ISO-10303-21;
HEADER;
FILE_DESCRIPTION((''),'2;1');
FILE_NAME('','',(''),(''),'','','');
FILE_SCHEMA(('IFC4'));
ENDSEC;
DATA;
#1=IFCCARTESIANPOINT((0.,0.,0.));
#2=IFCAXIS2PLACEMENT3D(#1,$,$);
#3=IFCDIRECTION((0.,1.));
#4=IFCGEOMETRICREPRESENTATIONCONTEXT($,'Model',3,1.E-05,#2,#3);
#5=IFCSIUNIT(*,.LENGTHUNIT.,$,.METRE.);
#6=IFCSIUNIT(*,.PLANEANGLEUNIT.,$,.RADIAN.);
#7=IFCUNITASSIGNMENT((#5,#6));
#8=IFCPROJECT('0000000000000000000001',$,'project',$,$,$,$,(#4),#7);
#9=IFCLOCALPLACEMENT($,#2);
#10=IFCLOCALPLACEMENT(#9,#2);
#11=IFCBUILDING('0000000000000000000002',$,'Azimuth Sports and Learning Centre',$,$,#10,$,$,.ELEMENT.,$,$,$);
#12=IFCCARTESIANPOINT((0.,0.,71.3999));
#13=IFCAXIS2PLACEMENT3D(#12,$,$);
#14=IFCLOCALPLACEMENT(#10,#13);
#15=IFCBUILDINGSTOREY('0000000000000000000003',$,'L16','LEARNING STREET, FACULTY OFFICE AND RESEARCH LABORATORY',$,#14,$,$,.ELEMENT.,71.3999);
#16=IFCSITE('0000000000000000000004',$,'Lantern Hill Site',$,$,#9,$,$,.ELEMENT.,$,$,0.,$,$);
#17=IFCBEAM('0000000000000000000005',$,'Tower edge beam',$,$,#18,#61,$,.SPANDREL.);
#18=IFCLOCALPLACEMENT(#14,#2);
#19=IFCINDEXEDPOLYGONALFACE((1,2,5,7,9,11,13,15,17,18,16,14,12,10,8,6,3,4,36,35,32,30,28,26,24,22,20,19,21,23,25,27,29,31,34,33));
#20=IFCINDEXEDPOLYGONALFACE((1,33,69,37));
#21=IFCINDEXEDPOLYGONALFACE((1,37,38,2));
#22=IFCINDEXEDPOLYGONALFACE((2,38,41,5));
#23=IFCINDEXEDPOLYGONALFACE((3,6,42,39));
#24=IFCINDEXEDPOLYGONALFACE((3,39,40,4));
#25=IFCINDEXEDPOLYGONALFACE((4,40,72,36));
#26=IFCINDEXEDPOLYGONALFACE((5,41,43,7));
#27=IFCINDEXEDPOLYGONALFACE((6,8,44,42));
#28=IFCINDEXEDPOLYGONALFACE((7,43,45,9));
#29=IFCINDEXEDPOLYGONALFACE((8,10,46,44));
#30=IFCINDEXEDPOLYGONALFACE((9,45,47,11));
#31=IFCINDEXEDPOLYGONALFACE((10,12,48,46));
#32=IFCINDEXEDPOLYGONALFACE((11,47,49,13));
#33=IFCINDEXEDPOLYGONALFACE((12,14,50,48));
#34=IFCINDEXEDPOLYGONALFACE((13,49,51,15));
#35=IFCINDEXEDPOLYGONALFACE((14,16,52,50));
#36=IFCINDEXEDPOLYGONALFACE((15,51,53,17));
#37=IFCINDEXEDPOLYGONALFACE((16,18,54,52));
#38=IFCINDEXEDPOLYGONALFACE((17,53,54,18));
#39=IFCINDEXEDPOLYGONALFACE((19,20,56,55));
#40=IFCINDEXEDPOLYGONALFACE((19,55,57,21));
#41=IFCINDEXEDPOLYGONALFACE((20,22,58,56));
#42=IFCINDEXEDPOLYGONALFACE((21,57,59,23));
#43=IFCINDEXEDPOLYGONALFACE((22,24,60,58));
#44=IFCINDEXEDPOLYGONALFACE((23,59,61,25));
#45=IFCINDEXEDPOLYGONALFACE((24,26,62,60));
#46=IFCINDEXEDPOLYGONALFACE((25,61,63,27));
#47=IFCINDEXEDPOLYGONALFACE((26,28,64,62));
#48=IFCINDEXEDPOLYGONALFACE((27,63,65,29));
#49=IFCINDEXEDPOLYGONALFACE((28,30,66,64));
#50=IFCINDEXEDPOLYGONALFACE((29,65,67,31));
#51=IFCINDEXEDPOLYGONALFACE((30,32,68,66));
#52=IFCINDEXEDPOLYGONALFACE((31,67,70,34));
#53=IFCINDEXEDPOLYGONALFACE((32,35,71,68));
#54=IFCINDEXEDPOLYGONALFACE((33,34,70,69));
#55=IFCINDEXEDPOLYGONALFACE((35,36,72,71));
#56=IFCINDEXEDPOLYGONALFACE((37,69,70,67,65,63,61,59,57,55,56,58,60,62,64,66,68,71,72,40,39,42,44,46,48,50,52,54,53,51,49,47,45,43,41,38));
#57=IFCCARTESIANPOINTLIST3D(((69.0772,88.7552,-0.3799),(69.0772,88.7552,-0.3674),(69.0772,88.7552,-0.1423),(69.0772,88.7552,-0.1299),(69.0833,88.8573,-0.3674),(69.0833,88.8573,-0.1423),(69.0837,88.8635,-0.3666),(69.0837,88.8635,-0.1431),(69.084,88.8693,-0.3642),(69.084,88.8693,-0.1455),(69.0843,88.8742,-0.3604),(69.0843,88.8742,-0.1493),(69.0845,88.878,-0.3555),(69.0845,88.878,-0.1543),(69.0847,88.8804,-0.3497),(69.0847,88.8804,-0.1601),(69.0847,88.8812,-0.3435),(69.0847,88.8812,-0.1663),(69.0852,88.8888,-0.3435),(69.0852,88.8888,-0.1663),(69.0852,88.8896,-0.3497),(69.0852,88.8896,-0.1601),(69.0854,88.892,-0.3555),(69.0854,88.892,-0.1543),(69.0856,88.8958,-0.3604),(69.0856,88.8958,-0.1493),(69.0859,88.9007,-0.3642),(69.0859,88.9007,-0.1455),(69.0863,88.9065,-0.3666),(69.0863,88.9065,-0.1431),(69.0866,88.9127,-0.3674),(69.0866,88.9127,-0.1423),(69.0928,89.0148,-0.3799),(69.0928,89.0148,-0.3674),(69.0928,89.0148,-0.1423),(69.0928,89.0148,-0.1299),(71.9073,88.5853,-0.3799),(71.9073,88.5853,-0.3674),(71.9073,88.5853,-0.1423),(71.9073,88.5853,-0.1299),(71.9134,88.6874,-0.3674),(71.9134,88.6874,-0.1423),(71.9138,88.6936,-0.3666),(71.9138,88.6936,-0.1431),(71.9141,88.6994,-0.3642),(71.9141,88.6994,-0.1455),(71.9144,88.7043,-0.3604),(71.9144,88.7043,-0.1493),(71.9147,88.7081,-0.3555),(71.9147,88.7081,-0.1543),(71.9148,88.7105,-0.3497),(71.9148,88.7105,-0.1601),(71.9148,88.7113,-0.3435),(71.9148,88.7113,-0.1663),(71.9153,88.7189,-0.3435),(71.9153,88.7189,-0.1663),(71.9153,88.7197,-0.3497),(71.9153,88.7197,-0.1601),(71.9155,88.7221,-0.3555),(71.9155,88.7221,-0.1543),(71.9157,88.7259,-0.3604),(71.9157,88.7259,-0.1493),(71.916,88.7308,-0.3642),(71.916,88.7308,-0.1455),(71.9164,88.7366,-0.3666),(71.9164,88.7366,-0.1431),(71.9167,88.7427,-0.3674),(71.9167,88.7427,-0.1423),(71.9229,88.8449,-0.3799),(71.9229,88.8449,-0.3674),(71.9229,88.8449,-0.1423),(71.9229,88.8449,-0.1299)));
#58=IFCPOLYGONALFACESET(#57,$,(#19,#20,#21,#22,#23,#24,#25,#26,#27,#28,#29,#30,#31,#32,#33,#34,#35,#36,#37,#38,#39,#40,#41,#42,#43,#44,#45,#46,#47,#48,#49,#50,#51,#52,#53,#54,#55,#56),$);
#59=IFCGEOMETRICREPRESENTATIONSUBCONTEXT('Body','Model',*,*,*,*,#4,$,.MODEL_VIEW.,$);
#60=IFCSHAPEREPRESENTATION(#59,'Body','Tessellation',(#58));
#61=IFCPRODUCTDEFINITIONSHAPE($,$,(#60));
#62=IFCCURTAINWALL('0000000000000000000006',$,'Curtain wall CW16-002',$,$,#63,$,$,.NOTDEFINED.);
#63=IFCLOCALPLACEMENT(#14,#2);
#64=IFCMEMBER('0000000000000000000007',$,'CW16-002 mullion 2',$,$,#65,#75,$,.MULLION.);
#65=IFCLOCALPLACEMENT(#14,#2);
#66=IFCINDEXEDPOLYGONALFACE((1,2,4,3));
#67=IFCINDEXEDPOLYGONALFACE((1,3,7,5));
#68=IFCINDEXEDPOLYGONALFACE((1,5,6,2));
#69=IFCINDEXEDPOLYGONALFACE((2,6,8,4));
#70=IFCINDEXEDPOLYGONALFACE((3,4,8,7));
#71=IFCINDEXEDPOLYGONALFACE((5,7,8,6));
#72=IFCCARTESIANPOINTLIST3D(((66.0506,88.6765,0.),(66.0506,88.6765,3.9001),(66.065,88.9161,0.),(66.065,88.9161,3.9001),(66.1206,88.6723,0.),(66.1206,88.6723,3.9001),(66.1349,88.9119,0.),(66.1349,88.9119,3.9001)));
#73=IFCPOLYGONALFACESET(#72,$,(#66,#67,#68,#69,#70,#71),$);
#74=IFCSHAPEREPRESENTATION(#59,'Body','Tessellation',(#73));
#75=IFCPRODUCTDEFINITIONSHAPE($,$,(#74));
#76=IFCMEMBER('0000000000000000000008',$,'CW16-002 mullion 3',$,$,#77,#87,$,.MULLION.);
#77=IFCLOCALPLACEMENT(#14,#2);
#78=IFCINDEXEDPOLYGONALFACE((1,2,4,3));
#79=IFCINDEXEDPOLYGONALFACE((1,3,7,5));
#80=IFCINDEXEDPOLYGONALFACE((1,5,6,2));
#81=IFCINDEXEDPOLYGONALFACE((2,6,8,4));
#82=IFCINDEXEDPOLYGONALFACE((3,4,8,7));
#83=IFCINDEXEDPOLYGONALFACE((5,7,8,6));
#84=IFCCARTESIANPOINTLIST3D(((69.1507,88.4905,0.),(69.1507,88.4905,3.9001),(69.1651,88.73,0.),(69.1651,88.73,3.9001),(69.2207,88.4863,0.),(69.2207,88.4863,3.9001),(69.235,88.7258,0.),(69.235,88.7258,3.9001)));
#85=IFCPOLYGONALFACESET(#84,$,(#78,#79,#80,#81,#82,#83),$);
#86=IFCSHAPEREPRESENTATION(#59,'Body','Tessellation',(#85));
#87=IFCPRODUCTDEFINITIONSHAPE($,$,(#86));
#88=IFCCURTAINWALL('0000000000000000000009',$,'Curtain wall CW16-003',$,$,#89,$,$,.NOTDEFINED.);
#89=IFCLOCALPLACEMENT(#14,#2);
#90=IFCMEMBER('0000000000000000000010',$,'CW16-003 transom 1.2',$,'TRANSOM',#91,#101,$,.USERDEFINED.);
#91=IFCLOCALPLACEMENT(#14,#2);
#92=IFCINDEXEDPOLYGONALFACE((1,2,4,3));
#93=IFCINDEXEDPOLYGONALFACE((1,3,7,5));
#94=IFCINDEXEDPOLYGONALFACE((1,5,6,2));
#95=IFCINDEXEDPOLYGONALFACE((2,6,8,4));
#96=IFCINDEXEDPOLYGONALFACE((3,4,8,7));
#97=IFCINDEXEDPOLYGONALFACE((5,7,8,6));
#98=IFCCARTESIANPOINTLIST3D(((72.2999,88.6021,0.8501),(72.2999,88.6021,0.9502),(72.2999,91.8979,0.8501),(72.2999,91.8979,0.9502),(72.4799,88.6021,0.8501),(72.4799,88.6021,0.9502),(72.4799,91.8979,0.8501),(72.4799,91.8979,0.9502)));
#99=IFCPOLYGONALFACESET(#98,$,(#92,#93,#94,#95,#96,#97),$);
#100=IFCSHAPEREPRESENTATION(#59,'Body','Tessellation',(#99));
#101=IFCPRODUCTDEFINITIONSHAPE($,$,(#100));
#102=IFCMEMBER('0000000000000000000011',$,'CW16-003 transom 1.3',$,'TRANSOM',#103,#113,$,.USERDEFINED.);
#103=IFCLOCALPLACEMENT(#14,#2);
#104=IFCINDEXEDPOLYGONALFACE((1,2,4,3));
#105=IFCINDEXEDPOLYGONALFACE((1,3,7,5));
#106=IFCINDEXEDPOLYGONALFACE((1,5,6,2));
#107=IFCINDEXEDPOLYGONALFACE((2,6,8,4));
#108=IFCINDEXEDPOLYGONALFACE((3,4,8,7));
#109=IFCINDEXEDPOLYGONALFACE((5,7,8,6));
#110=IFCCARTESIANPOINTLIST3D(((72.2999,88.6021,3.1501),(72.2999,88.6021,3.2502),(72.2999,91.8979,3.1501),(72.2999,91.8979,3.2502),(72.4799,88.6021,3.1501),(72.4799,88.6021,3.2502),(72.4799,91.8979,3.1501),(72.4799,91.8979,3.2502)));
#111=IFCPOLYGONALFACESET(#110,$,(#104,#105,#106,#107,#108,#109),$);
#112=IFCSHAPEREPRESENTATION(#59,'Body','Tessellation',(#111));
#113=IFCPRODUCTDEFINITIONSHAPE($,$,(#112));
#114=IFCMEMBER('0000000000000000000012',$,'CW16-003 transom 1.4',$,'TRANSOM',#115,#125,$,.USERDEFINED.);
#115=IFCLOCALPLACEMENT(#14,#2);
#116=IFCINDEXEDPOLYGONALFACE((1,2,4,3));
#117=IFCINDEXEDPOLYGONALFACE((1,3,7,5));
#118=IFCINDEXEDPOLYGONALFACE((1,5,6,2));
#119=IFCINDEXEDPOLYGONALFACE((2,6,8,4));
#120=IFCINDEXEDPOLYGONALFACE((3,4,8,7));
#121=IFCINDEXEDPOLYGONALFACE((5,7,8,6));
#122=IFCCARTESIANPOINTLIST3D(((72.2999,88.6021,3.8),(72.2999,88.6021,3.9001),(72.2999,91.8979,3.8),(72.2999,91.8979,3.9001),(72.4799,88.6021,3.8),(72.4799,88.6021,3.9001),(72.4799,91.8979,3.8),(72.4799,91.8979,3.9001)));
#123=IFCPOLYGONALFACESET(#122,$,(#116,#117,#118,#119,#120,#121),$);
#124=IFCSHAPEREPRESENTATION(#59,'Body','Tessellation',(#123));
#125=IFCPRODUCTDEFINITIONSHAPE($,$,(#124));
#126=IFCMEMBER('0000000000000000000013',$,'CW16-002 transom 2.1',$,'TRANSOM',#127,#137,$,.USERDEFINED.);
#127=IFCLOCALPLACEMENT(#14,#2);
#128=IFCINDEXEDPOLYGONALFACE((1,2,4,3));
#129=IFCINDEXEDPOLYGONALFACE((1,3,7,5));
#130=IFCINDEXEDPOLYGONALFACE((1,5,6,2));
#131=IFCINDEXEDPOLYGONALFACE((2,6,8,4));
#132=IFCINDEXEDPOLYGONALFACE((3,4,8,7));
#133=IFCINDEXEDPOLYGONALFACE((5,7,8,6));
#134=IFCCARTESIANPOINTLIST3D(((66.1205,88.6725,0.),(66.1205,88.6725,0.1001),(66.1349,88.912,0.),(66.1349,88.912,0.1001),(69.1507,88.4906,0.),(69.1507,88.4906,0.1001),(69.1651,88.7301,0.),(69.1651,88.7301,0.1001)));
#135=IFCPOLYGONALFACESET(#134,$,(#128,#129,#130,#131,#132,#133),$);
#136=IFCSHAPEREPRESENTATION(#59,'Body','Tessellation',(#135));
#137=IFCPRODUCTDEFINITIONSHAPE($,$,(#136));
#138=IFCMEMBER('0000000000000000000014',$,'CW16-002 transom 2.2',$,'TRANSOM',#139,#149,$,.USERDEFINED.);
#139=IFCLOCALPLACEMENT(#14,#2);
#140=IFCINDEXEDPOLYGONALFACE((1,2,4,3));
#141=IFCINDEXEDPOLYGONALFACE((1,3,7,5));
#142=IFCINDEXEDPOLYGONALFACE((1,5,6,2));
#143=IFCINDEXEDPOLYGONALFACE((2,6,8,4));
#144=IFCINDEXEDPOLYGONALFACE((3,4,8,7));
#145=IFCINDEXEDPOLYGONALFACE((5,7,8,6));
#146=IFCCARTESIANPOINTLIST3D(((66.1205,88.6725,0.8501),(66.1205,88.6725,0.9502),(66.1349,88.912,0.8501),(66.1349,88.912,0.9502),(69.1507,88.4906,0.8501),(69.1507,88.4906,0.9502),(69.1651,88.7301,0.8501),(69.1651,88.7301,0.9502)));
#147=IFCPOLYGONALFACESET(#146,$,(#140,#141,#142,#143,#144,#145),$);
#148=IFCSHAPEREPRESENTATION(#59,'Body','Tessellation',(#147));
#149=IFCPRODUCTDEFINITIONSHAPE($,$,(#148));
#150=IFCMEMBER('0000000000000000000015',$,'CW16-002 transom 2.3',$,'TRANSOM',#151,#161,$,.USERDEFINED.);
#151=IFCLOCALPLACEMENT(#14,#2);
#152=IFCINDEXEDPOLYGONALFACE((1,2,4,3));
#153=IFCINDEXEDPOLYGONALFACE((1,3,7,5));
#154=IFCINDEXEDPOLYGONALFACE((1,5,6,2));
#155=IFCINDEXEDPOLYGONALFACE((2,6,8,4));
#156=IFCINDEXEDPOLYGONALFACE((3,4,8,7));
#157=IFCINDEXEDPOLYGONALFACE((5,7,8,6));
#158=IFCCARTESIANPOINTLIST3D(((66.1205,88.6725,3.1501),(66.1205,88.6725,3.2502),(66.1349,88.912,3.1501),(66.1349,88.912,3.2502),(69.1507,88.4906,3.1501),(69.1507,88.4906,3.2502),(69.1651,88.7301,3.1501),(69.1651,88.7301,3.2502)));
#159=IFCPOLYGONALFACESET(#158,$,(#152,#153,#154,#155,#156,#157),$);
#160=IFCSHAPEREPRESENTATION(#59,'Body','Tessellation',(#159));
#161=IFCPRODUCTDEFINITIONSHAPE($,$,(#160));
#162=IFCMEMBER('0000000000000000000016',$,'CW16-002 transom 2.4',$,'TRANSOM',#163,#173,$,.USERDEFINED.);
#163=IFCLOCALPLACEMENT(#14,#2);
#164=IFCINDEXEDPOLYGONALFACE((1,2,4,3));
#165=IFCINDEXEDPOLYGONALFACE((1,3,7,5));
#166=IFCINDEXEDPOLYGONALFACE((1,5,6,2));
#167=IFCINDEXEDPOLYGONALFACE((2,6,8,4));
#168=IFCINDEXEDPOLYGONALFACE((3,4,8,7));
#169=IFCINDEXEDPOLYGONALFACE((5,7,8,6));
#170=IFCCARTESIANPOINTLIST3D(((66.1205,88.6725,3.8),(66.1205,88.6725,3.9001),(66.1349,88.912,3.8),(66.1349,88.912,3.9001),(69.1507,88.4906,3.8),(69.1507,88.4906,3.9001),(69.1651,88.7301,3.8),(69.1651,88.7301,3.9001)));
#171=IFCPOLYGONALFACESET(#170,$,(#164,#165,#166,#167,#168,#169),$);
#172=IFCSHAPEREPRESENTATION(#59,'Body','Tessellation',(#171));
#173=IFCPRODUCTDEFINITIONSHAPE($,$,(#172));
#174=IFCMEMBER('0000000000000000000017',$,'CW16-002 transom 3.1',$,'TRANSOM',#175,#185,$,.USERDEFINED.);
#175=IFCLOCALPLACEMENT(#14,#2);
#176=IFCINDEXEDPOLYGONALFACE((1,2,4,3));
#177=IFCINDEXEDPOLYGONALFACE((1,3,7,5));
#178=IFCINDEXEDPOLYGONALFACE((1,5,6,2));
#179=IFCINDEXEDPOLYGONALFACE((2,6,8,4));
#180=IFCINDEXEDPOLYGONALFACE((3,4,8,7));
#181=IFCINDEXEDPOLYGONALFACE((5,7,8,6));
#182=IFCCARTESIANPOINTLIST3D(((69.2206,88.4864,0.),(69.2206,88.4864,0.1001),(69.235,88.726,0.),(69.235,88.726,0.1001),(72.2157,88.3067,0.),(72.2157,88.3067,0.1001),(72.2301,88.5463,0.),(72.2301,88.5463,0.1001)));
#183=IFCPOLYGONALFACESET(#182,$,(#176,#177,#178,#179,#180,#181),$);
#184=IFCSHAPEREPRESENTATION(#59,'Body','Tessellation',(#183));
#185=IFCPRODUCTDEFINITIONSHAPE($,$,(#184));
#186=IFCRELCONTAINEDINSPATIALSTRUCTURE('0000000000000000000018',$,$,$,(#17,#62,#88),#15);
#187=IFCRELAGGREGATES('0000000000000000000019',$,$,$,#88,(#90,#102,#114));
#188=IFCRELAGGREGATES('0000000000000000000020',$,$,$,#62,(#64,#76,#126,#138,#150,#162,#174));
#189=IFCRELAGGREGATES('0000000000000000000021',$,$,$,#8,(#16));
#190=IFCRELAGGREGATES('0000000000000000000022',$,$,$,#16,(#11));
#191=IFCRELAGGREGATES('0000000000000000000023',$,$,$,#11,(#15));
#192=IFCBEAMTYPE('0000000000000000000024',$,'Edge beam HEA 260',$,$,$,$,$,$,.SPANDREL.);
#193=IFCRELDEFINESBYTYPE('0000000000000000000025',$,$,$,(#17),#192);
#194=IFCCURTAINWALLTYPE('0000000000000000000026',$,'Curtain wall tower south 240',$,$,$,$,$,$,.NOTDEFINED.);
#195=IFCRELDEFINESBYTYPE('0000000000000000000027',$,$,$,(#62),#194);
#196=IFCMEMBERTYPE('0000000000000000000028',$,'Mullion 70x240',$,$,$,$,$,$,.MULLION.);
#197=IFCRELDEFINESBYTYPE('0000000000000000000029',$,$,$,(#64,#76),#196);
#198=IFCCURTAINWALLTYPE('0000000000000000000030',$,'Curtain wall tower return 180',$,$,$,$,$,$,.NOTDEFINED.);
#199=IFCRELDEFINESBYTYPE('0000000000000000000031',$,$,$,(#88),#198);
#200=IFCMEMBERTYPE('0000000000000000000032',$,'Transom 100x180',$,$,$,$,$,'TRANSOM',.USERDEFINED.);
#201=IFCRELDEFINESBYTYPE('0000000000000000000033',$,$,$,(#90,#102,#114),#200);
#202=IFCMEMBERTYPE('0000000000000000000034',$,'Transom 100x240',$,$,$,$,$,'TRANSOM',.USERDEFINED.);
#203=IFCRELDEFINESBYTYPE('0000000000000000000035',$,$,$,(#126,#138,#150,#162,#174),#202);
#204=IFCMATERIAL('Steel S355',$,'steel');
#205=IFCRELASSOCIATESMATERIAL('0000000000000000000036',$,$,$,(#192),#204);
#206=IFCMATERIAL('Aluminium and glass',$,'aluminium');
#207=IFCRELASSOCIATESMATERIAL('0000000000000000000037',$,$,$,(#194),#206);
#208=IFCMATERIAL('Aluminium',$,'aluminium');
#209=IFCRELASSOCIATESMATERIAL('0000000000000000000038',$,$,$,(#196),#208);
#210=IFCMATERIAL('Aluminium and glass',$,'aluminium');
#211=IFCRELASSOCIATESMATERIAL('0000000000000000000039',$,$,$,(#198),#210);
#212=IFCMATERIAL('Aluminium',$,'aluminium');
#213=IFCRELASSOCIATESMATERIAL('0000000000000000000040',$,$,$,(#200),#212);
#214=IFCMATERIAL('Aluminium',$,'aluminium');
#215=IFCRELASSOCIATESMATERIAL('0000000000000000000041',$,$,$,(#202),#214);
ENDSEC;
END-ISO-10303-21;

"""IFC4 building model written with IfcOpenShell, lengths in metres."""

from ifc_helpers import new_model, si_unit, direction, frame, origin, origin_2d, place, context, subcontext, project, spatial, rectangle, i_section, extrude, material, material_profile, profile_set, type_object, element, aggregate, save


model = new_model("IFC4")

# Units and contexts
model_context = context("Model", 3, precision=1e-05, world=origin(), true_north=direction((0.0, 1.0)))
body_context = subcontext(model_context, "Body", "Model", "MODEL_VIEW")
ifc_project = project(units=[si_unit("LENGTHUNIT", "METRE"), si_unit("PLANEANGLEUNIT", "RADIAN")], contexts=[model_context])

# Site, building, storey
site_placement = place(None, origin())
site = spatial("IfcSite", under=ifc_project, at=site_placement, Name="Lantern Hill Site", CompositionType="ELEMENT", RefElevation=0.0)
building_placement = place(site_placement, origin())
building = spatial("IfcBuilding", under=site, at=building_placement, Name="Azimuth Sports and Learning Centre", CompositionType="ELEMENT")
storey_placement = place(building_placement, frame((0.0, 0.0, 71.3999)))
storey = spatial("IfcBuildingStorey", under=building, at=storey_placement, Name="L16", Description="LEARNING STREET, FACULTY OFFICE AND RESEARCH LABORATORY", CompositionType="ELEMENT", Elevation=71.3999)

# Beam
ifc_material_1 = material(Name="Steel S355", Category="steel")
ifc_material_profile_1 = material_profile(ifc_material_1, i_section(OverallWidth=0.26, OverallDepth=0.25, WebThickness=0.0076, FlangeThickness=0.0125, FilletRadius=0.0239, at=origin_2d()), Name="HEA 260")
ifc_profile_set_1 = profile_set([ifc_material_profile_1], Name="Steel S355")
beam_type = type_object("IfcBeamType", Name="Edge beam HEA 260", PredefinedType="SPANDREL", material=ifc_profile_set_1)
beam_placement = place(storey_placement, frame((69.085, 88.885, -0.2549), z_axis=(0.998202, -0.059933, 0.0), x_axis=(0.059933, 0.998202, 0.0)))
element("IfcBeam", 1, at=beam_placement, inside=storey, type_object=beam_type, Name="Tower edge beam", PredefinedType="SPANDREL", context=body_context, shape_type="SweptSolid", body=[
    extrude(i_section(OverallWidth=0.26, OverallDepth=0.25, WebThickness=0.0076, FlangeThickness=0.0125, FilletRadius=0.0239, at=origin_2d()), origin(), (0.0, 0.0, 1.0), 2.8352),
])

# Curtain walls, members
ifc_material_2 = material(Name="Aluminium and glass", Category="aluminium")
curtain_wall_type_1 = type_object("IfcCurtainWallType", Name="Curtain wall tower south 240", PredefinedType="NOTDEFINED", material=ifc_material_2)
curtain_wall_1_placement = place(storey_placement, origin())
curtain_wall_1 = element("IfcCurtainWall", 2, at=curtain_wall_1_placement, inside=storey, type_object=curtain_wall_type_1, Name="Curtain wall CW16-002", PredefinedType="NOTDEFINED")
ifc_material_3 = material(Name="Aluminium", Category="aluminium")
ifc_material_profile_2 = material_profile(ifc_material_3, rectangle(XDim=0.24, YDim=0.0701, at=origin_2d()), Name="Mullion 70x240")
ifc_profile_set_2 = profile_set([ifc_material_profile_2], Name="Aluminium")
member_type_1 = type_object("IfcMemberType", Name="Mullion 70x240", PredefinedType="MULLION", material=ifc_profile_set_2)
member_1_placement = place(storey_placement, frame((66.0928, 88.7942, 0.0), z_axis=(0.0, 0.0, 1.0), x_axis=(0.059892, 0.998205, 0.0)))
member_1 = element("IfcMember", 3, at=member_1_placement, type_object=member_type_1, Name="CW16-002 mullion 2", PredefinedType="MULLION", context=body_context, shape_type="SweptSolid", body=[
    extrude(rectangle(XDim=0.24, YDim=0.0701, at=origin_2d()), origin(), (0.0, 0.0, 1.0), 3.9001),
])
member_2_placement = place(storey_placement, frame((69.1929, 88.6082, 0.0), z_axis=(0.0, 0.0, 1.0), x_axis=(0.059892, 0.998205, 0.0)))
member_2 = element("IfcMember", 4, at=member_2_placement, type_object=member_type_1, Name="CW16-002 mullion 3", PredefinedType="MULLION", context=body_context, shape_type="SweptSolid", body=[
    extrude(rectangle(XDim=0.24, YDim=0.0701, at=origin_2d()), origin(), (0.0, 0.0, 1.0), 3.9001),
])
ifc_material_4 = material(Name="Aluminium and glass", Category="aluminium")
curtain_wall_type_2 = type_object("IfcCurtainWallType", Name="Curtain wall tower return 180", PredefinedType="NOTDEFINED", material=ifc_material_4)
curtain_wall_2_placement = place(storey_placement, origin())
curtain_wall_2 = element("IfcCurtainWall", 5, at=curtain_wall_2_placement, inside=storey, type_object=curtain_wall_type_2, Name="Curtain wall CW16-003", PredefinedType="NOTDEFINED")
ifc_material_5 = material(Name="Aluminium", Category="aluminium")
ifc_material_profile_3 = material_profile(ifc_material_5, rectangle(XDim=0.1799, YDim=0.1001, at=origin_2d()), Name="Transom 100x180")
ifc_profile_set_3 = profile_set([ifc_material_profile_3], Name="Aluminium")
member_type_2 = type_object("IfcMemberType", Name="Transom 100x180", ElementType="TRANSOM", PredefinedType="USERDEFINED", material=ifc_profile_set_3)
member_3_placement = place(storey_placement, frame((72.3899, 88.6021, 0.9001), z_axis=(0.0, 1.0, 0.0), x_axis=(-1.0, 0.0, 0.0)))
member_3 = element("IfcMember", 6, at=member_3_placement, type_object=member_type_2, Name="CW16-003 transom 1.2", ObjectType="TRANSOM", PredefinedType="USERDEFINED", context=body_context, shape_type="SweptSolid", body=[
    extrude(rectangle(XDim=0.1799, YDim=0.1001, at=origin_2d()), origin(), (0.0, 0.0, 1.0), 3.2959),
])
member_4_placement = place(storey_placement, frame((72.3899, 88.6021, 3.2002), z_axis=(0.0, 1.0, 0.0), x_axis=(-1.0, 0.0, 0.0)))
member_4 = element("IfcMember", 7, at=member_4_placement, type_object=member_type_2, Name="CW16-003 transom 1.3", ObjectType="TRANSOM", PredefinedType="USERDEFINED", context=body_context, shape_type="SweptSolid", body=[
    extrude(rectangle(XDim=0.1799, YDim=0.1001, at=origin_2d()), origin(), (0.0, 0.0, 1.0), 3.2959),
])
member_5_placement = place(storey_placement, frame((72.3899, 88.6021, 3.8501), z_axis=(0.0, 1.0, 0.0), x_axis=(-1.0, 0.0, 0.0)))
member_5 = element("IfcMember", 8, at=member_5_placement, type_object=member_type_2, Name="CW16-003 transom 1.4", ObjectType="TRANSOM", PredefinedType="USERDEFINED", context=body_context, shape_type="SweptSolid", body=[
    extrude(rectangle(XDim=0.1799, YDim=0.1001, at=origin_2d()), origin(), (0.0, 0.0, 1.0), 3.2959),
])
aggregate(curtain_wall_2, [member_3, member_4, member_5])

# Members
ifc_material_6 = material(Name="Aluminium", Category="aluminium")
ifc_material_profile_4 = material_profile(ifc_material_6, rectangle(XDim=0.24, YDim=0.1001, at=origin_2d()), Name="Transom 100x240")
ifc_profile_set_4 = profile_set([ifc_material_profile_4], Name="Aluminium")
member_type_3 = type_object("IfcMemberType", Name="Transom 100x240", ElementType="TRANSOM", PredefinedType="USERDEFINED", material=ifc_profile_set_4)
member_6_placement = place(storey_placement, frame((66.1277, 88.7922, 0.05), z_axis=(0.998203, -0.059915, 0.0), x_axis=(0.059915, 0.998203, 0.0)))
member_6 = element("IfcMember", 9, at=member_6_placement, type_object=member_type_3, Name="CW16-002 transom 2.1", ObjectType="TRANSOM", PredefinedType="USERDEFINED", context=body_context, shape_type="SweptSolid", body=[
    extrude(rectangle(XDim=0.24, YDim=0.1001, at=origin_2d()), origin(), (0.0, 0.0, 1.0), 3.0356),
])
member_7_placement = place(storey_placement, frame((66.1277, 88.7922, 0.9001), z_axis=(0.998203, -0.059915, 0.0), x_axis=(0.059915, 0.998203, 0.0)))
member_7 = element("IfcMember", 10, at=member_7_placement, type_object=member_type_3, Name="CW16-002 transom 2.2", ObjectType="TRANSOM", PredefinedType="USERDEFINED", context=body_context, shape_type="SweptSolid", body=[
    extrude(rectangle(XDim=0.24, YDim=0.1001, at=origin_2d()), origin(), (0.0, 0.0, 1.0), 3.0356),
])
member_8_placement = place(storey_placement, frame((66.1277, 88.7922, 3.2002), z_axis=(0.998203, -0.059915, 0.0), x_axis=(0.059915, 0.998203, 0.0)))
member_8 = element("IfcMember", 11, at=member_8_placement, type_object=member_type_3, Name="CW16-002 transom 2.3", ObjectType="TRANSOM", PredefinedType="USERDEFINED", context=body_context, shape_type="SweptSolid", body=[
    extrude(rectangle(XDim=0.24, YDim=0.1001, at=origin_2d()), origin(), (0.0, 0.0, 1.0), 3.0356),
])
member_9_placement = place(storey_placement, frame((66.1277, 88.7922, 3.8501), z_axis=(0.998203, -0.059915, 0.0), x_axis=(0.059915, 0.998203, 0.0)))
member_9 = element("IfcMember", 12, at=member_9_placement, type_object=member_type_3, Name="CW16-002 transom 2.4", ObjectType="TRANSOM", PredefinedType="USERDEFINED", context=body_context, shape_type="SweptSolid", body=[
    extrude(rectangle(XDim=0.24, YDim=0.1001, at=origin_2d()), origin(), (0.0, 0.0, 1.0), 3.0356),
])
member_10_placement = place(storey_placement, frame((69.2278, 88.6062, 0.05), z_axis=(0.998205, -0.059886, 0.0), x_axis=(0.059886, 0.998205, 0.0)))
member_10 = element("IfcMember", 13, at=member_10_placement, type_object=member_type_3, Name="CW16-002 transom 3.1", ObjectType="TRANSOM", PredefinedType="USERDEFINED", context=body_context, shape_type="SweptSolid", body=[
    extrude(rectangle(XDim=0.24, YDim=0.1001, at=origin_2d()), origin(), (0.0, 0.0, 1.0), 3.0005),
])

aggregate(curtain_wall_1, [member_1, member_2, member_6, member_7, member_8, member_9, member_10])

save(model, "model.ifc")
